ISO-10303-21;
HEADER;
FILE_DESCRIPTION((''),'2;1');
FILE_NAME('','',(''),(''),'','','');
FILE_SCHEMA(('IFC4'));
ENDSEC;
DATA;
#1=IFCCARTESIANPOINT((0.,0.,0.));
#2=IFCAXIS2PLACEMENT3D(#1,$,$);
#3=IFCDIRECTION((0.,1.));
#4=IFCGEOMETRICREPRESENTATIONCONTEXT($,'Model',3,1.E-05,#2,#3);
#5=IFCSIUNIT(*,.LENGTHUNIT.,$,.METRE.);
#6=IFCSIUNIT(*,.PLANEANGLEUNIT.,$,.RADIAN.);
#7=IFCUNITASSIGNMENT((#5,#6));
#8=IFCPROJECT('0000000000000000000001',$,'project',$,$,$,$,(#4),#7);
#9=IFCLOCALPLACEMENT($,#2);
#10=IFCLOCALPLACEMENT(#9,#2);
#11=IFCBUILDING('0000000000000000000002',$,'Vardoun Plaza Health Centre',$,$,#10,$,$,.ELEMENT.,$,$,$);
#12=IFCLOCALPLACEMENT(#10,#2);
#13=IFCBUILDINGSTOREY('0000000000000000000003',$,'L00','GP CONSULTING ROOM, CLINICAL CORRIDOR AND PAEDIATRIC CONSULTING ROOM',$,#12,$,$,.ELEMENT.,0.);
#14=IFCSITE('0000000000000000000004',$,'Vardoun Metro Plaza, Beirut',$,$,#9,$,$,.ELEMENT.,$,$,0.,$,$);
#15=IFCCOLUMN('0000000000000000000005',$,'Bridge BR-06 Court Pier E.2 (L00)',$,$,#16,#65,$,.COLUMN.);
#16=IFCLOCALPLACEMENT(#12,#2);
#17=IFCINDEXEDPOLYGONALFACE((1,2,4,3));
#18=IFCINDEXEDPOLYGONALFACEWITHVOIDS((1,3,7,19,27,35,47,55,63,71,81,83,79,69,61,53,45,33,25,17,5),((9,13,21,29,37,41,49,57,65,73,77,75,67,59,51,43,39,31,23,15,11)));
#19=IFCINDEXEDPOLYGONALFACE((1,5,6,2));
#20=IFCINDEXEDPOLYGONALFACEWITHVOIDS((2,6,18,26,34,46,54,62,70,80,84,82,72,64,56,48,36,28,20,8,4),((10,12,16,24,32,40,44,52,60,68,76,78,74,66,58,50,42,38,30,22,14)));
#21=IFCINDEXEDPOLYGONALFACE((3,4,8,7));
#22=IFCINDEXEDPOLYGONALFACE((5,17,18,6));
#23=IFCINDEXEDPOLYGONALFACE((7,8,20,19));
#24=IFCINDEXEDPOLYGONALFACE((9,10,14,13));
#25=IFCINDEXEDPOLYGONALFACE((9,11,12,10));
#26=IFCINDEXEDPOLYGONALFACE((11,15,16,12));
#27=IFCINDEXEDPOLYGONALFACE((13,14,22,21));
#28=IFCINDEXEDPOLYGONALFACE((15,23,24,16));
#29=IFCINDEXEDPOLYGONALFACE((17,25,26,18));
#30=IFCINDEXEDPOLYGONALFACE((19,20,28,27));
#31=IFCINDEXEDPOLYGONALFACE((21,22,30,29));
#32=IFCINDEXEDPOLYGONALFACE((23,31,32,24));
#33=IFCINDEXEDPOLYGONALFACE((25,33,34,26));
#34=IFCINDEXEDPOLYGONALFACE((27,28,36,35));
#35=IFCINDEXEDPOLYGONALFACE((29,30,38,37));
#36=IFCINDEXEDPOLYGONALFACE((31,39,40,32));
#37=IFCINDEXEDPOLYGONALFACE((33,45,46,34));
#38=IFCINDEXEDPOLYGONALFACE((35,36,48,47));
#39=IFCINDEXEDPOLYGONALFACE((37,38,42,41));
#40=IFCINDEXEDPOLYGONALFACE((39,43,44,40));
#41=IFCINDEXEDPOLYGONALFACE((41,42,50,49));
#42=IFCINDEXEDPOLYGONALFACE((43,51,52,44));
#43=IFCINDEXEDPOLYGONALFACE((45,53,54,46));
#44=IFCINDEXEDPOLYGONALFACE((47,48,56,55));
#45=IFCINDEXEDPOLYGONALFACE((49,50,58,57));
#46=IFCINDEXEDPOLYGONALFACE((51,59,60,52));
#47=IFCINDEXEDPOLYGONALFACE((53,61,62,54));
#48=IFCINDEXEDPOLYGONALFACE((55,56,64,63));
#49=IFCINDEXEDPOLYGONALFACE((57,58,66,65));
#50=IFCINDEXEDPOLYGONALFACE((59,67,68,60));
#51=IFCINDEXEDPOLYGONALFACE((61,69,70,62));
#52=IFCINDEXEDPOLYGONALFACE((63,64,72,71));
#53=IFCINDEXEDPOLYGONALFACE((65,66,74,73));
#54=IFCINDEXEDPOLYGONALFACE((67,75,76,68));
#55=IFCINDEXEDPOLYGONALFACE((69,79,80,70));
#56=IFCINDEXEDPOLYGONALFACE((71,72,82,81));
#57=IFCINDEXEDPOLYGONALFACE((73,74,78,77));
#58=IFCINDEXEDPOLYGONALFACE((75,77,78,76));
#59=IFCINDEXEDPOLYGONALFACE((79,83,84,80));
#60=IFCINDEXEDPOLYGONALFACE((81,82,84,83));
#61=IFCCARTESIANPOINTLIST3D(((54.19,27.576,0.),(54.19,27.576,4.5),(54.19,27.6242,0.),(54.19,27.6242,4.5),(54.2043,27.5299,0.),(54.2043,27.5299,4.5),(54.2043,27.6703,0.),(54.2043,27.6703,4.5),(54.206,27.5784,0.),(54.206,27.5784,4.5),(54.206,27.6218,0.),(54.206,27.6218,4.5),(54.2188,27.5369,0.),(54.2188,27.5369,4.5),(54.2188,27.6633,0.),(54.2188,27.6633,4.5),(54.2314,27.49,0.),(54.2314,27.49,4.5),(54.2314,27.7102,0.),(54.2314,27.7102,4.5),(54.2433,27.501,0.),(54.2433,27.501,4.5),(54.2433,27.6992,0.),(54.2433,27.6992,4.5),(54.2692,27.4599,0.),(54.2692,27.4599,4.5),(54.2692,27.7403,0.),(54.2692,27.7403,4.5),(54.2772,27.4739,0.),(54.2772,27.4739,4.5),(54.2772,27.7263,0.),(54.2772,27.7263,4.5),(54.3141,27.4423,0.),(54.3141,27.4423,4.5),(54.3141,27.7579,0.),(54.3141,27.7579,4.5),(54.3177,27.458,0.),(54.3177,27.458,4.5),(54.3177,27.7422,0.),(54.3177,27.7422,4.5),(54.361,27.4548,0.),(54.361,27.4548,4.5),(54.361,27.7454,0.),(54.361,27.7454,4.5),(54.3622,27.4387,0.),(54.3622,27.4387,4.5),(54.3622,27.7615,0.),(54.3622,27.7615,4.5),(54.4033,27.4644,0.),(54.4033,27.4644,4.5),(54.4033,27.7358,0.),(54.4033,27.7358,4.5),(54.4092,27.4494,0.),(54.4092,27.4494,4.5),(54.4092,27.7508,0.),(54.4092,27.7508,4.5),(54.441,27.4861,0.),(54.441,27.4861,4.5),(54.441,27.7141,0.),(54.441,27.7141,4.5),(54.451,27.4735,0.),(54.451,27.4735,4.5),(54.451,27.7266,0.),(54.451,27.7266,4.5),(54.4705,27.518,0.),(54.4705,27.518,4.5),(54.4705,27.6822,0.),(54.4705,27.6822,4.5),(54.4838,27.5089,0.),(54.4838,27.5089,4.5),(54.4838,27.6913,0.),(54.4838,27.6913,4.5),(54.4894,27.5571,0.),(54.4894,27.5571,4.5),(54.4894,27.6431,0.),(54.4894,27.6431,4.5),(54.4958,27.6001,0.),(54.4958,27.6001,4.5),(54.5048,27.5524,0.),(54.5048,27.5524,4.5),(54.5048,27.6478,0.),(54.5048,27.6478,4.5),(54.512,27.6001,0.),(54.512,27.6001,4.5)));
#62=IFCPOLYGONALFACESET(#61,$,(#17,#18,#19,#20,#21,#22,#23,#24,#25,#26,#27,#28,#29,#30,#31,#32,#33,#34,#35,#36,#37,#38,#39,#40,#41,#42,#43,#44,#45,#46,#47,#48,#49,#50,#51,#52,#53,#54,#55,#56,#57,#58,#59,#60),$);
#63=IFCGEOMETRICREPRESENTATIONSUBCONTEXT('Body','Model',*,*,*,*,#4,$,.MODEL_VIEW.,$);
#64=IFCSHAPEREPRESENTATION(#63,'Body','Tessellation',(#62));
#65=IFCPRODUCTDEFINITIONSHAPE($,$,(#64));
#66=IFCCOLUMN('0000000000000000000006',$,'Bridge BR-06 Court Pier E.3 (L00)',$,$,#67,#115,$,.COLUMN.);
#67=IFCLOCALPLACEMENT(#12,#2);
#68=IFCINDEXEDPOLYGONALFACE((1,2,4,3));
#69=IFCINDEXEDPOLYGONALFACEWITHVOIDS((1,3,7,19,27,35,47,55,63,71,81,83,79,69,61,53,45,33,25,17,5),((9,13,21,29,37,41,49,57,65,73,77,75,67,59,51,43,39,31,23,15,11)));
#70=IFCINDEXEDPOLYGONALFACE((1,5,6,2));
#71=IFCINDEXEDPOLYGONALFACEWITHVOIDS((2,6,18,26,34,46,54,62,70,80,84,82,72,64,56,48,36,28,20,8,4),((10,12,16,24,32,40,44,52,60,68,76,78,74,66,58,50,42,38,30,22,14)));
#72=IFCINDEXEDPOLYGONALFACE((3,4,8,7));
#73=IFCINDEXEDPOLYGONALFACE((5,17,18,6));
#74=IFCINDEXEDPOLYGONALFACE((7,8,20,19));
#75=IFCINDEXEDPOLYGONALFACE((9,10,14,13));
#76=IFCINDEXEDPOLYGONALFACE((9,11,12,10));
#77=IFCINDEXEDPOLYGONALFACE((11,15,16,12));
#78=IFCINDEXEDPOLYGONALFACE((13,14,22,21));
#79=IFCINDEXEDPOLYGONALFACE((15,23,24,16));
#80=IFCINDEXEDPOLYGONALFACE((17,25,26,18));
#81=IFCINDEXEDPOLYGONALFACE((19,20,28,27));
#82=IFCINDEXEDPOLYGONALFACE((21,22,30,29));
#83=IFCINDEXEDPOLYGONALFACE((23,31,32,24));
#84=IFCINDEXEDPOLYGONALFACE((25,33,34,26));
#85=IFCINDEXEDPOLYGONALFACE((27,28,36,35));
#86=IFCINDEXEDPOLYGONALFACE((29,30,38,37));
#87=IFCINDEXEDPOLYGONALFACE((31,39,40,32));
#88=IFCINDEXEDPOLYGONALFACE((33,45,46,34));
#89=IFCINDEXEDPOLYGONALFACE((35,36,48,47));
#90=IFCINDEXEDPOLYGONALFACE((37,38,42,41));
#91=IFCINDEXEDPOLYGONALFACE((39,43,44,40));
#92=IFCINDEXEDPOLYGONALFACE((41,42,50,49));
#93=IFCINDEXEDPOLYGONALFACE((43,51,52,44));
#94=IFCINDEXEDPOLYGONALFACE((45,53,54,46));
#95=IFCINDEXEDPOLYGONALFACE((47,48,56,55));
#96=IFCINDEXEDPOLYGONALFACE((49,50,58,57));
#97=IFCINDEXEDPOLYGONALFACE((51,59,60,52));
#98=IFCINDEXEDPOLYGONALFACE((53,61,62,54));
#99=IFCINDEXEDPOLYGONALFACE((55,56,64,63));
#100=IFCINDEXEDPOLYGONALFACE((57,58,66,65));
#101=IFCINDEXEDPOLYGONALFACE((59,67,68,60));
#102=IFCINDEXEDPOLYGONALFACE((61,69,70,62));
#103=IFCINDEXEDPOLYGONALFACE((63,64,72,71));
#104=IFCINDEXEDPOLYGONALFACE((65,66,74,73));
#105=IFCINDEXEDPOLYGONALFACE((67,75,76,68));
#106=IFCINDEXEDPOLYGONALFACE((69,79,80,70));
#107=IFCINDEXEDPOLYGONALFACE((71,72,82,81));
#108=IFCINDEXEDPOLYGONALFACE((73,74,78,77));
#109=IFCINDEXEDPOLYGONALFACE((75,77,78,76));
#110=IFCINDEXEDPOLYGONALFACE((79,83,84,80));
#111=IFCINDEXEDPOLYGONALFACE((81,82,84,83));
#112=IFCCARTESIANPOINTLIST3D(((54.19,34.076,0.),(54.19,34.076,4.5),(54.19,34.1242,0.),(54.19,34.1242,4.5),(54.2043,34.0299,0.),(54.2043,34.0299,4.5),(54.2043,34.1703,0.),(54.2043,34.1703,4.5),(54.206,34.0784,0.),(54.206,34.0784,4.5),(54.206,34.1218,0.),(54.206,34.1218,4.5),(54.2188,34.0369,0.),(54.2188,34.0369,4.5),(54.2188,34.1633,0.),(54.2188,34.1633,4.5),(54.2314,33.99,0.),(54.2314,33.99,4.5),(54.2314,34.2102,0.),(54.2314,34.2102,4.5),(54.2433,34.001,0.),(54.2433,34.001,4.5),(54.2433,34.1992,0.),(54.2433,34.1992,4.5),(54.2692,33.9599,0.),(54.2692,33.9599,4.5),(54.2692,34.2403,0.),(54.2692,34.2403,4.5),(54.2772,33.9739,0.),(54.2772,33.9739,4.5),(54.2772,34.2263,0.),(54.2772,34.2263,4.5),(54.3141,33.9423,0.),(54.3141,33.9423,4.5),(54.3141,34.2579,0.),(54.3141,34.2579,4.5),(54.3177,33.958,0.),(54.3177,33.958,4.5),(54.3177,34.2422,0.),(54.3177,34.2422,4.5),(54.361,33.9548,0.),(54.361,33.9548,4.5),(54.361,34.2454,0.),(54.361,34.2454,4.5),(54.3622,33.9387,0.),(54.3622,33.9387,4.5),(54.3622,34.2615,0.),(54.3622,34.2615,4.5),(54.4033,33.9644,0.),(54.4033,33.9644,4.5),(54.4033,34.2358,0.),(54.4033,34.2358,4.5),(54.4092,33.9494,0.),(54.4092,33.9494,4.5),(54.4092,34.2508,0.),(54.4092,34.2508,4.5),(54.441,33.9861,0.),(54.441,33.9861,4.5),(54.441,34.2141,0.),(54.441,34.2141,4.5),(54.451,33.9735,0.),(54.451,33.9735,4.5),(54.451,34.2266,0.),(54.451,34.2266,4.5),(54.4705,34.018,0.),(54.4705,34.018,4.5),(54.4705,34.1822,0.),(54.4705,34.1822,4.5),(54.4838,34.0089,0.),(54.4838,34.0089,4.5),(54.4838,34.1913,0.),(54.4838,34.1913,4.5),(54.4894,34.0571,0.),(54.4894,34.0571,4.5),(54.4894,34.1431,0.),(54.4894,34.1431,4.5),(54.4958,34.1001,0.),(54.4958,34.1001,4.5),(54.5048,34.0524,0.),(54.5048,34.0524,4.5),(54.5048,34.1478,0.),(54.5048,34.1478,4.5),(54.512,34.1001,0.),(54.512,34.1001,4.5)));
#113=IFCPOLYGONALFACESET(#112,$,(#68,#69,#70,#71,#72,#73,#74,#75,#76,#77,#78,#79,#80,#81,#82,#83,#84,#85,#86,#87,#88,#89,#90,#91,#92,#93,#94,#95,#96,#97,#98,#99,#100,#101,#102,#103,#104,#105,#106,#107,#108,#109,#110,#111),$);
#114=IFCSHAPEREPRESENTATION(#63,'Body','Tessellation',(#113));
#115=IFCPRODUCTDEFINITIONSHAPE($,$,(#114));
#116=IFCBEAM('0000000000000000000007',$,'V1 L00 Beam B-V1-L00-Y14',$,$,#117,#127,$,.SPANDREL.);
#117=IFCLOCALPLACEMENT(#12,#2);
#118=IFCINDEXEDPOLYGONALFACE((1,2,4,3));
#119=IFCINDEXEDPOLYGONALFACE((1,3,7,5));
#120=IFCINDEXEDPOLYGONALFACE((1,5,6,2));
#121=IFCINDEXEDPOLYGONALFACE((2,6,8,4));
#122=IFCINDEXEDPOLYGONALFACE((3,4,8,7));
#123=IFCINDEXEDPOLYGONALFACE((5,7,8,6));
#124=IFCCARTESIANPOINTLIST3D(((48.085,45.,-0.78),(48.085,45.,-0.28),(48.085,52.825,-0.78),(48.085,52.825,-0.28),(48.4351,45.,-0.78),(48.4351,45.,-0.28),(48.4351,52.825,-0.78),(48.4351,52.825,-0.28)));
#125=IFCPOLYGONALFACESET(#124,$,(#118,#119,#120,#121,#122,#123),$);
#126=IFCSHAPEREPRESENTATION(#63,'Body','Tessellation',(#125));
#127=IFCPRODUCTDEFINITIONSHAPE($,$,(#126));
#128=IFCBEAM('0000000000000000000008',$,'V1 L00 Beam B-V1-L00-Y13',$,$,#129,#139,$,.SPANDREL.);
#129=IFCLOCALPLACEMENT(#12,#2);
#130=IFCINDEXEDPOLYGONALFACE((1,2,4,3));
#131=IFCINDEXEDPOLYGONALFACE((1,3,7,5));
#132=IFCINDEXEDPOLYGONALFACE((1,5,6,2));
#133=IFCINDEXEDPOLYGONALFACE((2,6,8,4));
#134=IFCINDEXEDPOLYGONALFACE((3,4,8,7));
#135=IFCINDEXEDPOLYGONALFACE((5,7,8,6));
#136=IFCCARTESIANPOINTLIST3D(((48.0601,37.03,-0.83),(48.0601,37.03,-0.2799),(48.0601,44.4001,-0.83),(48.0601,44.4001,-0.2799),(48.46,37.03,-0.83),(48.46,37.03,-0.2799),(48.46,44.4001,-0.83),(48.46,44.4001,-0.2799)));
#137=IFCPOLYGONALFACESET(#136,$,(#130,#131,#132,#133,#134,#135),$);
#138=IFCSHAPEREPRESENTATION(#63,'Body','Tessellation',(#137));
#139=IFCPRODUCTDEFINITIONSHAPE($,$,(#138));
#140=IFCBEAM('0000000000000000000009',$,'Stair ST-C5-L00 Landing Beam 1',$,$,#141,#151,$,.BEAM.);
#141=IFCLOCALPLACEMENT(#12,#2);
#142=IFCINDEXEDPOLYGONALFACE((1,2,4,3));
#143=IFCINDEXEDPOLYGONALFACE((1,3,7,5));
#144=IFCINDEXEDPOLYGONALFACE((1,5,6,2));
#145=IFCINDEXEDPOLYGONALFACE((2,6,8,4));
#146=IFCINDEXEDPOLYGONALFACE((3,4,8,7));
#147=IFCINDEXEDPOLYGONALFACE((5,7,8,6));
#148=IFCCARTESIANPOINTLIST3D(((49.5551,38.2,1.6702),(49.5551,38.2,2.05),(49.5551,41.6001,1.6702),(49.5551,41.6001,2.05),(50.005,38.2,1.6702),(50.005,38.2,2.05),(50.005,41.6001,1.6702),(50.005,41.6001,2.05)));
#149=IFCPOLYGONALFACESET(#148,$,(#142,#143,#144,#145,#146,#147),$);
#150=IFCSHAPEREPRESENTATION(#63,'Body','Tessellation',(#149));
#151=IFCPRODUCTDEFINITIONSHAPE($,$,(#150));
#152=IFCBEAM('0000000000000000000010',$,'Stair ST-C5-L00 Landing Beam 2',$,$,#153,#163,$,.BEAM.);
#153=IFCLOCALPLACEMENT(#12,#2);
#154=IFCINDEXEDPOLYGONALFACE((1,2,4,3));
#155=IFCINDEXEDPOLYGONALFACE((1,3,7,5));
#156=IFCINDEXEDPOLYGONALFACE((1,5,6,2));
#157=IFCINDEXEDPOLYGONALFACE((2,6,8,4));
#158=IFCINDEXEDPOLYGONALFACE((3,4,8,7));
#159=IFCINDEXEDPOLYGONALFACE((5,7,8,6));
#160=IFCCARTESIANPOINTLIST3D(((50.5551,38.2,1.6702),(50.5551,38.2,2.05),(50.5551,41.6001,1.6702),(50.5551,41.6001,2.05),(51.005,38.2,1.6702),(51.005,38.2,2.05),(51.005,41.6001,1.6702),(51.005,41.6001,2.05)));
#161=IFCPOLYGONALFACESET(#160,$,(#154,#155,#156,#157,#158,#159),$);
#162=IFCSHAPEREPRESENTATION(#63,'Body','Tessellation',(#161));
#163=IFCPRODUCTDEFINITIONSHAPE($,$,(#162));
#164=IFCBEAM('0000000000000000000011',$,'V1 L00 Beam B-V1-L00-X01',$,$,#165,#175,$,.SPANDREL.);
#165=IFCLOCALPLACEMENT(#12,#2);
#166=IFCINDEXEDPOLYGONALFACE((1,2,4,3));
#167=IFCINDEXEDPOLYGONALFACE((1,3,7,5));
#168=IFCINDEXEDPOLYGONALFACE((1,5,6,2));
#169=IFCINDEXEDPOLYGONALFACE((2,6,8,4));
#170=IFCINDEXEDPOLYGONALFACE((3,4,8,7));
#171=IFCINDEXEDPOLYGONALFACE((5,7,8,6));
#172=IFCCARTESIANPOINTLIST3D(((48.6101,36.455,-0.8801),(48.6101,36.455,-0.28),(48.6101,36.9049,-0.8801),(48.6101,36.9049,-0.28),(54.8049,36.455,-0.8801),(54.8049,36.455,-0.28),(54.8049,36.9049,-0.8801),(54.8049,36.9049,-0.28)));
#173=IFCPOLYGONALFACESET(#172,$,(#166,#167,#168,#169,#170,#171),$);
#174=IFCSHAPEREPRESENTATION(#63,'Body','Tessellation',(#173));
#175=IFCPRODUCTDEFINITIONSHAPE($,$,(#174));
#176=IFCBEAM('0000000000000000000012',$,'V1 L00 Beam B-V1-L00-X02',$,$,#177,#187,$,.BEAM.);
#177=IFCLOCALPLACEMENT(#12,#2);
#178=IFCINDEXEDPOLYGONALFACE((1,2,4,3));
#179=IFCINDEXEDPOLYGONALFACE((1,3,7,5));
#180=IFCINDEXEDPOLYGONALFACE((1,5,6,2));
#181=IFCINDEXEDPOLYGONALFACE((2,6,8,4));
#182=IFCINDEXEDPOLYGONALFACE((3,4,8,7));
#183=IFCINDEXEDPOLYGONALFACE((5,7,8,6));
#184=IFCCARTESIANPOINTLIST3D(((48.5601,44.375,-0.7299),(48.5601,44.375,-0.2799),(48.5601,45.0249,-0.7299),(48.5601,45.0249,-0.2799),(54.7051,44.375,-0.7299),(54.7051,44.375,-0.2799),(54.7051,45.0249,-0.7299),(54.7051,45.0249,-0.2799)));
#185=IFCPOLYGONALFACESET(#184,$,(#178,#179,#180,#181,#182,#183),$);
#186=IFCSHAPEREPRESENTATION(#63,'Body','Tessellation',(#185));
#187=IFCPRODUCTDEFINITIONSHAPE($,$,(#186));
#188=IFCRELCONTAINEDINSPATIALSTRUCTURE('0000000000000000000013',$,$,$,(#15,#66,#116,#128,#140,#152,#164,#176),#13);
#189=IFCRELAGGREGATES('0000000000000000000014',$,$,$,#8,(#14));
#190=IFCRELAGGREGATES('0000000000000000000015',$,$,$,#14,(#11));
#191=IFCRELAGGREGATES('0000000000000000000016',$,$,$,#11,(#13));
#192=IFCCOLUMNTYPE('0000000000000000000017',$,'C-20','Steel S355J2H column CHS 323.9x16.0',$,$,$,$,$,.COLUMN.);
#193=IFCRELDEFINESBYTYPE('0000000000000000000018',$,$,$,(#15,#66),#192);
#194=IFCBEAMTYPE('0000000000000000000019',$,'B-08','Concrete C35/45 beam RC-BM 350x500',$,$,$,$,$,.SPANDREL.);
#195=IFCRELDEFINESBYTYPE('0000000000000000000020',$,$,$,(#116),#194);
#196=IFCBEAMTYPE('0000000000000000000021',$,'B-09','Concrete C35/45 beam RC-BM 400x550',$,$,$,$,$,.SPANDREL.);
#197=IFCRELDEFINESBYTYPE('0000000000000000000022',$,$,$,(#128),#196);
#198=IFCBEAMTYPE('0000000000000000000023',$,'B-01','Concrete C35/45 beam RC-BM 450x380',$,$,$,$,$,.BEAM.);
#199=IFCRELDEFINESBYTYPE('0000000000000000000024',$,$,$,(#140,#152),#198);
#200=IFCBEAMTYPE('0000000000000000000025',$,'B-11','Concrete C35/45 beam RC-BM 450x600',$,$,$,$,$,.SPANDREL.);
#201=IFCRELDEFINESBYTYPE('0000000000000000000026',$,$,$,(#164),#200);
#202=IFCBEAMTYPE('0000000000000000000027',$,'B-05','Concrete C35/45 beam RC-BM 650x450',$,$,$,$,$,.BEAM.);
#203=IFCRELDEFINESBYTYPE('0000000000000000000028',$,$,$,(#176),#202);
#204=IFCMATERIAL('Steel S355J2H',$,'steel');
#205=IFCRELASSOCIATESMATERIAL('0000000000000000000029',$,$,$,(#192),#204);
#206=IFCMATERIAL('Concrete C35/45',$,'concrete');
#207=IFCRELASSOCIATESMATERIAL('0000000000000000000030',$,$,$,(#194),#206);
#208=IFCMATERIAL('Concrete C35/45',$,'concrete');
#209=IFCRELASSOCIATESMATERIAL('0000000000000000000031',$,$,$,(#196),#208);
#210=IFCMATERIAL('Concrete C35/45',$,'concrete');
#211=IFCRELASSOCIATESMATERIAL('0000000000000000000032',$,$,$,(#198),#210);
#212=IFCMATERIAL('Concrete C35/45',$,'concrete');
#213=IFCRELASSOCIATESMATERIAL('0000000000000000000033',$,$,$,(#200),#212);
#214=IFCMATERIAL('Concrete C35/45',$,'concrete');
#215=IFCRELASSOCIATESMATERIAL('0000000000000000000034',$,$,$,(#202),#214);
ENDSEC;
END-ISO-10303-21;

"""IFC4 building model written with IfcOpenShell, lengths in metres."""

from ifc_helpers import new_model, si_unit, direction, frame, origin, origin_2d, place, context, subcontext, project, spatial, rectangle, hollow_circle, extrude, material, material_profile, profile_set, type_object, element, save


model = new_model("IFC4")

# Units and contexts
model_context = context("Model", 3, precision=1e-05, world=origin(), true_north=direction((0.0, 1.0)))
body_context = subcontext(model_context, "Body", "Model", "MODEL_VIEW")
ifc_project = project(units=[si_unit("LENGTHUNIT", "METRE"), si_unit("PLANEANGLEUNIT", "RADIAN")], contexts=[model_context])

# Site, building, storey
site_placement = place(None, origin())
site = spatial("IfcSite", under=ifc_project, at=site_placement, Name="Vardoun Metro Plaza, Beirut", CompositionType="ELEMENT", RefElevation=0.0)
building_placement = place(site_placement, origin())
building = spatial("IfcBuilding", under=site, at=building_placement, Name="Vardoun Plaza Health Centre", CompositionType="ELEMENT")
storey_placement = place(building_placement, origin())
storey = spatial("IfcBuildingStorey", under=building, at=storey_placement, Name="L00", Description="GP CONSULTING ROOM, CLINICAL CORRIDOR AND PAEDIATRIC CONSULTING ROOM", CompositionType="ELEMENT", Elevation=0.0)

# Columns
ifc_material_1 = material(Name="Steel S355J2H", Category="steel")
ifc_material_profile_1 = material_profile(ifc_material_1, hollow_circle(Radius=0.1619, WallThickness=0.0161, at=origin_2d()), Name="CHS 323.9x16.0")
ifc_profile_set_1 = profile_set([ifc_material_profile_1], Name="Steel S355J2H")
column_type_1 = type_object("IfcColumnType", Name="C-20", Description="Steel S355J2H column CHS 323.9x16.0", PredefinedType="COLUMN", material=ifc_profile_set_1)
for number, where, z_axis, x_axis, name in (
    (1, (54.3501, 27.6001, 0.0), (0.0, 0.0, 1.0), (1.0, 0.0, 0.0), "Bridge BR-06 Court Pier E.2 (L00)"),
    (2, (54.3501, 34.1001, 0.0), (0.0, 0.0, 1.0), (1.0, 0.0, 0.0), "Bridge BR-06 Court Pier E.3 (L00)"),
):
    element("IfcColumn", number, at=place(storey_placement, frame(where, z_axis=z_axis, x_axis=x_axis)), inside=storey, type_object=column_type_1, Name=name, PredefinedType="COLUMN", context=body_context, shape_type="SweptSolid", body=[
        extrude(hollow_circle(Radius=0.1619, WallThickness=0.0161, at=origin_2d()), origin(), (0.0, 0.0, 1.0), 4.5),
    ])

# Beams
ifc_material_2 = material(Name="Concrete C35/45", Category="concrete")
ifc_material_profile_2 = material_profile(ifc_material_2, rectangle(XDim=0.3501, YDim=0.5, at=origin_2d()), Name="RC-BM 350x500")
ifc_profile_set_2 = profile_set([ifc_material_profile_2], Name="Concrete C35/45")
beam_type_1 = type_object("IfcBeamType", Name="B-08", Description="Concrete C35/45 beam RC-BM 350x500", PredefinedType="SPANDREL", material=ifc_profile_set_2)
beam_1_placement = place(storey_placement, frame((48.26, 45.0, -0.53), z_axis=(0.0, 1.0, 0.0), x_axis=(-1.0, 0.0, 0.0)))
element("IfcBeam", 3, at=beam_1_placement, inside=storey, type_object=beam_type_1, Name="V1 L00 Beam B-V1-L00-Y14", PredefinedType="SPANDREL", context=body_context, shape_type="SweptSolid", body=[
    extrude(rectangle(XDim=0.3501, YDim=0.5, at=origin_2d()), origin(), (0.0, 0.0, 1.0), 7.825),
])
ifc_material_3 = material(Name="Concrete C35/45", Category="concrete")
ifc_material_profile_3 = material_profile(ifc_material_3, rectangle(XDim=0.3999, YDim=0.55, at=origin_2d()), Name="RC-BM 400x550")
ifc_profile_set_3 = profile_set([ifc_material_profile_3], Name="Concrete C35/45")
beam_type_2 = type_object("IfcBeamType", Name="B-09", Description="Concrete C35/45 beam RC-BM 400x550", PredefinedType="SPANDREL", material=ifc_profile_set_3)
beam_2_placement = place(storey_placement, frame((48.26, 37.03, -0.5549), z_axis=(0.0, 1.0, 0.0), x_axis=(-1.0, 0.0, 0.0)))
element("IfcBeam", 4, at=beam_2_placement, inside=storey, type_object=beam_type_2, Name="V1 L00 Beam B-V1-L00-Y13", PredefinedType="SPANDREL", context=body_context, shape_type="SweptSolid", body=[
    extrude(rectangle(XDim=0.3999, YDim=0.55, at=origin_2d()), origin(), (0.0, 0.0, 1.0), 7.3701),
])
ifc_material_4 = material(Name="Concrete C35/45", Category="concrete")
ifc_material_profile_4 = material_profile(ifc_material_4, rectangle(XDim=0.45, YDim=0.3799, at=origin_2d()), Name="RC-BM 450x380")
ifc_profile_set_4 = profile_set([ifc_material_profile_4], Name="Concrete C35/45")
beam_type_3 = type_object("IfcBeamType", Name="B-01", Description="Concrete C35/45 beam RC-BM 450x380", PredefinedType="BEAM", material=ifc_profile_set_4)
for number, where, z_axis, x_axis, name in (
    (5, (49.78, 38.2, 1.8601), (0.0, 1.0, 0.0), (-1.0, 0.0, 0.0), "Stair ST-C5-L00 Landing Beam 1"),
    (6, (50.78, 38.2, 1.8601), (0.0, 1.0, 0.0), (-1.0, 0.0, 0.0), "Stair ST-C5-L00 Landing Beam 2"),
):
    element("IfcBeam", number, at=place(storey_placement, frame(where, z_axis=z_axis, x_axis=x_axis)), inside=storey, type_object=beam_type_3, Name=name, PredefinedType="BEAM", context=body_context, shape_type="SweptSolid", body=[
        extrude(rectangle(XDim=0.45, YDim=0.3799, at=origin_2d()), origin(), (0.0, 0.0, 1.0), 3.4001),
    ])
ifc_material_5 = material(Name="Concrete C35/45", Category="concrete")
ifc_material_profile_5 = material_profile(ifc_material_5, rectangle(XDim=0.45, YDim=0.6001, at=origin_2d()), Name="RC-BM 450x600")
ifc_profile_set_5 = profile_set([ifc_material_profile_5], Name="Concrete C35/45")
beam_type_4 = type_object("IfcBeamType", Name="B-11", Description="Concrete C35/45 beam RC-BM 450x600", PredefinedType="SPANDREL", material=ifc_profile_set_5)
beam_3_placement = place(storey_placement, frame((48.6101, 36.6799, -0.5801), z_axis=(1.0, 0.0, 0.0), x_axis=(0.0, 1.0, 0.0)))
element("IfcBeam", 7, at=beam_3_placement, inside=storey, type_object=beam_type_4, Name="V1 L00 Beam B-V1-L00-X01", PredefinedType="SPANDREL", context=body_context, shape_type="SweptSolid", body=[
    extrude(rectangle(XDim=0.45, YDim=0.6001, at=origin_2d()), origin(), (0.0, 0.0, 1.0), 6.1948),
])
ifc_material_6 = material(Name="Concrete C35/45", Category="concrete")
ifc_material_profile_6 = material_profile(ifc_material_6, rectangle(XDim=0.6499, YDim=0.45, at=origin_2d()), Name="RC-BM 650x450")
ifc_profile_set_6 = profile_set([ifc_material_profile_6], Name="Concrete C35/45")
beam_type_5 = type_object("IfcBeamType", Name="B-05", Description="Concrete C35/45 beam RC-BM 650x450", PredefinedType="BEAM", material=ifc_profile_set_6)
beam_4_placement = place(storey_placement, frame((48.5601, 44.7, -0.5049), z_axis=(1.0, 0.0, 0.0), x_axis=(0.0, 1.0, 0.0)))
element("IfcBeam", 8, at=beam_4_placement, inside=storey, type_object=beam_type_5, Name="V1 L00 Beam B-V1-L00-X02", PredefinedType="BEAM", context=body_context, shape_type="SweptSolid", body=[
    extrude(rectangle(XDim=0.6499, YDim=0.45, at=origin_2d()), origin(), (0.0, 0.0, 1.0), 6.145),
])

save(model, "model.ifc")
